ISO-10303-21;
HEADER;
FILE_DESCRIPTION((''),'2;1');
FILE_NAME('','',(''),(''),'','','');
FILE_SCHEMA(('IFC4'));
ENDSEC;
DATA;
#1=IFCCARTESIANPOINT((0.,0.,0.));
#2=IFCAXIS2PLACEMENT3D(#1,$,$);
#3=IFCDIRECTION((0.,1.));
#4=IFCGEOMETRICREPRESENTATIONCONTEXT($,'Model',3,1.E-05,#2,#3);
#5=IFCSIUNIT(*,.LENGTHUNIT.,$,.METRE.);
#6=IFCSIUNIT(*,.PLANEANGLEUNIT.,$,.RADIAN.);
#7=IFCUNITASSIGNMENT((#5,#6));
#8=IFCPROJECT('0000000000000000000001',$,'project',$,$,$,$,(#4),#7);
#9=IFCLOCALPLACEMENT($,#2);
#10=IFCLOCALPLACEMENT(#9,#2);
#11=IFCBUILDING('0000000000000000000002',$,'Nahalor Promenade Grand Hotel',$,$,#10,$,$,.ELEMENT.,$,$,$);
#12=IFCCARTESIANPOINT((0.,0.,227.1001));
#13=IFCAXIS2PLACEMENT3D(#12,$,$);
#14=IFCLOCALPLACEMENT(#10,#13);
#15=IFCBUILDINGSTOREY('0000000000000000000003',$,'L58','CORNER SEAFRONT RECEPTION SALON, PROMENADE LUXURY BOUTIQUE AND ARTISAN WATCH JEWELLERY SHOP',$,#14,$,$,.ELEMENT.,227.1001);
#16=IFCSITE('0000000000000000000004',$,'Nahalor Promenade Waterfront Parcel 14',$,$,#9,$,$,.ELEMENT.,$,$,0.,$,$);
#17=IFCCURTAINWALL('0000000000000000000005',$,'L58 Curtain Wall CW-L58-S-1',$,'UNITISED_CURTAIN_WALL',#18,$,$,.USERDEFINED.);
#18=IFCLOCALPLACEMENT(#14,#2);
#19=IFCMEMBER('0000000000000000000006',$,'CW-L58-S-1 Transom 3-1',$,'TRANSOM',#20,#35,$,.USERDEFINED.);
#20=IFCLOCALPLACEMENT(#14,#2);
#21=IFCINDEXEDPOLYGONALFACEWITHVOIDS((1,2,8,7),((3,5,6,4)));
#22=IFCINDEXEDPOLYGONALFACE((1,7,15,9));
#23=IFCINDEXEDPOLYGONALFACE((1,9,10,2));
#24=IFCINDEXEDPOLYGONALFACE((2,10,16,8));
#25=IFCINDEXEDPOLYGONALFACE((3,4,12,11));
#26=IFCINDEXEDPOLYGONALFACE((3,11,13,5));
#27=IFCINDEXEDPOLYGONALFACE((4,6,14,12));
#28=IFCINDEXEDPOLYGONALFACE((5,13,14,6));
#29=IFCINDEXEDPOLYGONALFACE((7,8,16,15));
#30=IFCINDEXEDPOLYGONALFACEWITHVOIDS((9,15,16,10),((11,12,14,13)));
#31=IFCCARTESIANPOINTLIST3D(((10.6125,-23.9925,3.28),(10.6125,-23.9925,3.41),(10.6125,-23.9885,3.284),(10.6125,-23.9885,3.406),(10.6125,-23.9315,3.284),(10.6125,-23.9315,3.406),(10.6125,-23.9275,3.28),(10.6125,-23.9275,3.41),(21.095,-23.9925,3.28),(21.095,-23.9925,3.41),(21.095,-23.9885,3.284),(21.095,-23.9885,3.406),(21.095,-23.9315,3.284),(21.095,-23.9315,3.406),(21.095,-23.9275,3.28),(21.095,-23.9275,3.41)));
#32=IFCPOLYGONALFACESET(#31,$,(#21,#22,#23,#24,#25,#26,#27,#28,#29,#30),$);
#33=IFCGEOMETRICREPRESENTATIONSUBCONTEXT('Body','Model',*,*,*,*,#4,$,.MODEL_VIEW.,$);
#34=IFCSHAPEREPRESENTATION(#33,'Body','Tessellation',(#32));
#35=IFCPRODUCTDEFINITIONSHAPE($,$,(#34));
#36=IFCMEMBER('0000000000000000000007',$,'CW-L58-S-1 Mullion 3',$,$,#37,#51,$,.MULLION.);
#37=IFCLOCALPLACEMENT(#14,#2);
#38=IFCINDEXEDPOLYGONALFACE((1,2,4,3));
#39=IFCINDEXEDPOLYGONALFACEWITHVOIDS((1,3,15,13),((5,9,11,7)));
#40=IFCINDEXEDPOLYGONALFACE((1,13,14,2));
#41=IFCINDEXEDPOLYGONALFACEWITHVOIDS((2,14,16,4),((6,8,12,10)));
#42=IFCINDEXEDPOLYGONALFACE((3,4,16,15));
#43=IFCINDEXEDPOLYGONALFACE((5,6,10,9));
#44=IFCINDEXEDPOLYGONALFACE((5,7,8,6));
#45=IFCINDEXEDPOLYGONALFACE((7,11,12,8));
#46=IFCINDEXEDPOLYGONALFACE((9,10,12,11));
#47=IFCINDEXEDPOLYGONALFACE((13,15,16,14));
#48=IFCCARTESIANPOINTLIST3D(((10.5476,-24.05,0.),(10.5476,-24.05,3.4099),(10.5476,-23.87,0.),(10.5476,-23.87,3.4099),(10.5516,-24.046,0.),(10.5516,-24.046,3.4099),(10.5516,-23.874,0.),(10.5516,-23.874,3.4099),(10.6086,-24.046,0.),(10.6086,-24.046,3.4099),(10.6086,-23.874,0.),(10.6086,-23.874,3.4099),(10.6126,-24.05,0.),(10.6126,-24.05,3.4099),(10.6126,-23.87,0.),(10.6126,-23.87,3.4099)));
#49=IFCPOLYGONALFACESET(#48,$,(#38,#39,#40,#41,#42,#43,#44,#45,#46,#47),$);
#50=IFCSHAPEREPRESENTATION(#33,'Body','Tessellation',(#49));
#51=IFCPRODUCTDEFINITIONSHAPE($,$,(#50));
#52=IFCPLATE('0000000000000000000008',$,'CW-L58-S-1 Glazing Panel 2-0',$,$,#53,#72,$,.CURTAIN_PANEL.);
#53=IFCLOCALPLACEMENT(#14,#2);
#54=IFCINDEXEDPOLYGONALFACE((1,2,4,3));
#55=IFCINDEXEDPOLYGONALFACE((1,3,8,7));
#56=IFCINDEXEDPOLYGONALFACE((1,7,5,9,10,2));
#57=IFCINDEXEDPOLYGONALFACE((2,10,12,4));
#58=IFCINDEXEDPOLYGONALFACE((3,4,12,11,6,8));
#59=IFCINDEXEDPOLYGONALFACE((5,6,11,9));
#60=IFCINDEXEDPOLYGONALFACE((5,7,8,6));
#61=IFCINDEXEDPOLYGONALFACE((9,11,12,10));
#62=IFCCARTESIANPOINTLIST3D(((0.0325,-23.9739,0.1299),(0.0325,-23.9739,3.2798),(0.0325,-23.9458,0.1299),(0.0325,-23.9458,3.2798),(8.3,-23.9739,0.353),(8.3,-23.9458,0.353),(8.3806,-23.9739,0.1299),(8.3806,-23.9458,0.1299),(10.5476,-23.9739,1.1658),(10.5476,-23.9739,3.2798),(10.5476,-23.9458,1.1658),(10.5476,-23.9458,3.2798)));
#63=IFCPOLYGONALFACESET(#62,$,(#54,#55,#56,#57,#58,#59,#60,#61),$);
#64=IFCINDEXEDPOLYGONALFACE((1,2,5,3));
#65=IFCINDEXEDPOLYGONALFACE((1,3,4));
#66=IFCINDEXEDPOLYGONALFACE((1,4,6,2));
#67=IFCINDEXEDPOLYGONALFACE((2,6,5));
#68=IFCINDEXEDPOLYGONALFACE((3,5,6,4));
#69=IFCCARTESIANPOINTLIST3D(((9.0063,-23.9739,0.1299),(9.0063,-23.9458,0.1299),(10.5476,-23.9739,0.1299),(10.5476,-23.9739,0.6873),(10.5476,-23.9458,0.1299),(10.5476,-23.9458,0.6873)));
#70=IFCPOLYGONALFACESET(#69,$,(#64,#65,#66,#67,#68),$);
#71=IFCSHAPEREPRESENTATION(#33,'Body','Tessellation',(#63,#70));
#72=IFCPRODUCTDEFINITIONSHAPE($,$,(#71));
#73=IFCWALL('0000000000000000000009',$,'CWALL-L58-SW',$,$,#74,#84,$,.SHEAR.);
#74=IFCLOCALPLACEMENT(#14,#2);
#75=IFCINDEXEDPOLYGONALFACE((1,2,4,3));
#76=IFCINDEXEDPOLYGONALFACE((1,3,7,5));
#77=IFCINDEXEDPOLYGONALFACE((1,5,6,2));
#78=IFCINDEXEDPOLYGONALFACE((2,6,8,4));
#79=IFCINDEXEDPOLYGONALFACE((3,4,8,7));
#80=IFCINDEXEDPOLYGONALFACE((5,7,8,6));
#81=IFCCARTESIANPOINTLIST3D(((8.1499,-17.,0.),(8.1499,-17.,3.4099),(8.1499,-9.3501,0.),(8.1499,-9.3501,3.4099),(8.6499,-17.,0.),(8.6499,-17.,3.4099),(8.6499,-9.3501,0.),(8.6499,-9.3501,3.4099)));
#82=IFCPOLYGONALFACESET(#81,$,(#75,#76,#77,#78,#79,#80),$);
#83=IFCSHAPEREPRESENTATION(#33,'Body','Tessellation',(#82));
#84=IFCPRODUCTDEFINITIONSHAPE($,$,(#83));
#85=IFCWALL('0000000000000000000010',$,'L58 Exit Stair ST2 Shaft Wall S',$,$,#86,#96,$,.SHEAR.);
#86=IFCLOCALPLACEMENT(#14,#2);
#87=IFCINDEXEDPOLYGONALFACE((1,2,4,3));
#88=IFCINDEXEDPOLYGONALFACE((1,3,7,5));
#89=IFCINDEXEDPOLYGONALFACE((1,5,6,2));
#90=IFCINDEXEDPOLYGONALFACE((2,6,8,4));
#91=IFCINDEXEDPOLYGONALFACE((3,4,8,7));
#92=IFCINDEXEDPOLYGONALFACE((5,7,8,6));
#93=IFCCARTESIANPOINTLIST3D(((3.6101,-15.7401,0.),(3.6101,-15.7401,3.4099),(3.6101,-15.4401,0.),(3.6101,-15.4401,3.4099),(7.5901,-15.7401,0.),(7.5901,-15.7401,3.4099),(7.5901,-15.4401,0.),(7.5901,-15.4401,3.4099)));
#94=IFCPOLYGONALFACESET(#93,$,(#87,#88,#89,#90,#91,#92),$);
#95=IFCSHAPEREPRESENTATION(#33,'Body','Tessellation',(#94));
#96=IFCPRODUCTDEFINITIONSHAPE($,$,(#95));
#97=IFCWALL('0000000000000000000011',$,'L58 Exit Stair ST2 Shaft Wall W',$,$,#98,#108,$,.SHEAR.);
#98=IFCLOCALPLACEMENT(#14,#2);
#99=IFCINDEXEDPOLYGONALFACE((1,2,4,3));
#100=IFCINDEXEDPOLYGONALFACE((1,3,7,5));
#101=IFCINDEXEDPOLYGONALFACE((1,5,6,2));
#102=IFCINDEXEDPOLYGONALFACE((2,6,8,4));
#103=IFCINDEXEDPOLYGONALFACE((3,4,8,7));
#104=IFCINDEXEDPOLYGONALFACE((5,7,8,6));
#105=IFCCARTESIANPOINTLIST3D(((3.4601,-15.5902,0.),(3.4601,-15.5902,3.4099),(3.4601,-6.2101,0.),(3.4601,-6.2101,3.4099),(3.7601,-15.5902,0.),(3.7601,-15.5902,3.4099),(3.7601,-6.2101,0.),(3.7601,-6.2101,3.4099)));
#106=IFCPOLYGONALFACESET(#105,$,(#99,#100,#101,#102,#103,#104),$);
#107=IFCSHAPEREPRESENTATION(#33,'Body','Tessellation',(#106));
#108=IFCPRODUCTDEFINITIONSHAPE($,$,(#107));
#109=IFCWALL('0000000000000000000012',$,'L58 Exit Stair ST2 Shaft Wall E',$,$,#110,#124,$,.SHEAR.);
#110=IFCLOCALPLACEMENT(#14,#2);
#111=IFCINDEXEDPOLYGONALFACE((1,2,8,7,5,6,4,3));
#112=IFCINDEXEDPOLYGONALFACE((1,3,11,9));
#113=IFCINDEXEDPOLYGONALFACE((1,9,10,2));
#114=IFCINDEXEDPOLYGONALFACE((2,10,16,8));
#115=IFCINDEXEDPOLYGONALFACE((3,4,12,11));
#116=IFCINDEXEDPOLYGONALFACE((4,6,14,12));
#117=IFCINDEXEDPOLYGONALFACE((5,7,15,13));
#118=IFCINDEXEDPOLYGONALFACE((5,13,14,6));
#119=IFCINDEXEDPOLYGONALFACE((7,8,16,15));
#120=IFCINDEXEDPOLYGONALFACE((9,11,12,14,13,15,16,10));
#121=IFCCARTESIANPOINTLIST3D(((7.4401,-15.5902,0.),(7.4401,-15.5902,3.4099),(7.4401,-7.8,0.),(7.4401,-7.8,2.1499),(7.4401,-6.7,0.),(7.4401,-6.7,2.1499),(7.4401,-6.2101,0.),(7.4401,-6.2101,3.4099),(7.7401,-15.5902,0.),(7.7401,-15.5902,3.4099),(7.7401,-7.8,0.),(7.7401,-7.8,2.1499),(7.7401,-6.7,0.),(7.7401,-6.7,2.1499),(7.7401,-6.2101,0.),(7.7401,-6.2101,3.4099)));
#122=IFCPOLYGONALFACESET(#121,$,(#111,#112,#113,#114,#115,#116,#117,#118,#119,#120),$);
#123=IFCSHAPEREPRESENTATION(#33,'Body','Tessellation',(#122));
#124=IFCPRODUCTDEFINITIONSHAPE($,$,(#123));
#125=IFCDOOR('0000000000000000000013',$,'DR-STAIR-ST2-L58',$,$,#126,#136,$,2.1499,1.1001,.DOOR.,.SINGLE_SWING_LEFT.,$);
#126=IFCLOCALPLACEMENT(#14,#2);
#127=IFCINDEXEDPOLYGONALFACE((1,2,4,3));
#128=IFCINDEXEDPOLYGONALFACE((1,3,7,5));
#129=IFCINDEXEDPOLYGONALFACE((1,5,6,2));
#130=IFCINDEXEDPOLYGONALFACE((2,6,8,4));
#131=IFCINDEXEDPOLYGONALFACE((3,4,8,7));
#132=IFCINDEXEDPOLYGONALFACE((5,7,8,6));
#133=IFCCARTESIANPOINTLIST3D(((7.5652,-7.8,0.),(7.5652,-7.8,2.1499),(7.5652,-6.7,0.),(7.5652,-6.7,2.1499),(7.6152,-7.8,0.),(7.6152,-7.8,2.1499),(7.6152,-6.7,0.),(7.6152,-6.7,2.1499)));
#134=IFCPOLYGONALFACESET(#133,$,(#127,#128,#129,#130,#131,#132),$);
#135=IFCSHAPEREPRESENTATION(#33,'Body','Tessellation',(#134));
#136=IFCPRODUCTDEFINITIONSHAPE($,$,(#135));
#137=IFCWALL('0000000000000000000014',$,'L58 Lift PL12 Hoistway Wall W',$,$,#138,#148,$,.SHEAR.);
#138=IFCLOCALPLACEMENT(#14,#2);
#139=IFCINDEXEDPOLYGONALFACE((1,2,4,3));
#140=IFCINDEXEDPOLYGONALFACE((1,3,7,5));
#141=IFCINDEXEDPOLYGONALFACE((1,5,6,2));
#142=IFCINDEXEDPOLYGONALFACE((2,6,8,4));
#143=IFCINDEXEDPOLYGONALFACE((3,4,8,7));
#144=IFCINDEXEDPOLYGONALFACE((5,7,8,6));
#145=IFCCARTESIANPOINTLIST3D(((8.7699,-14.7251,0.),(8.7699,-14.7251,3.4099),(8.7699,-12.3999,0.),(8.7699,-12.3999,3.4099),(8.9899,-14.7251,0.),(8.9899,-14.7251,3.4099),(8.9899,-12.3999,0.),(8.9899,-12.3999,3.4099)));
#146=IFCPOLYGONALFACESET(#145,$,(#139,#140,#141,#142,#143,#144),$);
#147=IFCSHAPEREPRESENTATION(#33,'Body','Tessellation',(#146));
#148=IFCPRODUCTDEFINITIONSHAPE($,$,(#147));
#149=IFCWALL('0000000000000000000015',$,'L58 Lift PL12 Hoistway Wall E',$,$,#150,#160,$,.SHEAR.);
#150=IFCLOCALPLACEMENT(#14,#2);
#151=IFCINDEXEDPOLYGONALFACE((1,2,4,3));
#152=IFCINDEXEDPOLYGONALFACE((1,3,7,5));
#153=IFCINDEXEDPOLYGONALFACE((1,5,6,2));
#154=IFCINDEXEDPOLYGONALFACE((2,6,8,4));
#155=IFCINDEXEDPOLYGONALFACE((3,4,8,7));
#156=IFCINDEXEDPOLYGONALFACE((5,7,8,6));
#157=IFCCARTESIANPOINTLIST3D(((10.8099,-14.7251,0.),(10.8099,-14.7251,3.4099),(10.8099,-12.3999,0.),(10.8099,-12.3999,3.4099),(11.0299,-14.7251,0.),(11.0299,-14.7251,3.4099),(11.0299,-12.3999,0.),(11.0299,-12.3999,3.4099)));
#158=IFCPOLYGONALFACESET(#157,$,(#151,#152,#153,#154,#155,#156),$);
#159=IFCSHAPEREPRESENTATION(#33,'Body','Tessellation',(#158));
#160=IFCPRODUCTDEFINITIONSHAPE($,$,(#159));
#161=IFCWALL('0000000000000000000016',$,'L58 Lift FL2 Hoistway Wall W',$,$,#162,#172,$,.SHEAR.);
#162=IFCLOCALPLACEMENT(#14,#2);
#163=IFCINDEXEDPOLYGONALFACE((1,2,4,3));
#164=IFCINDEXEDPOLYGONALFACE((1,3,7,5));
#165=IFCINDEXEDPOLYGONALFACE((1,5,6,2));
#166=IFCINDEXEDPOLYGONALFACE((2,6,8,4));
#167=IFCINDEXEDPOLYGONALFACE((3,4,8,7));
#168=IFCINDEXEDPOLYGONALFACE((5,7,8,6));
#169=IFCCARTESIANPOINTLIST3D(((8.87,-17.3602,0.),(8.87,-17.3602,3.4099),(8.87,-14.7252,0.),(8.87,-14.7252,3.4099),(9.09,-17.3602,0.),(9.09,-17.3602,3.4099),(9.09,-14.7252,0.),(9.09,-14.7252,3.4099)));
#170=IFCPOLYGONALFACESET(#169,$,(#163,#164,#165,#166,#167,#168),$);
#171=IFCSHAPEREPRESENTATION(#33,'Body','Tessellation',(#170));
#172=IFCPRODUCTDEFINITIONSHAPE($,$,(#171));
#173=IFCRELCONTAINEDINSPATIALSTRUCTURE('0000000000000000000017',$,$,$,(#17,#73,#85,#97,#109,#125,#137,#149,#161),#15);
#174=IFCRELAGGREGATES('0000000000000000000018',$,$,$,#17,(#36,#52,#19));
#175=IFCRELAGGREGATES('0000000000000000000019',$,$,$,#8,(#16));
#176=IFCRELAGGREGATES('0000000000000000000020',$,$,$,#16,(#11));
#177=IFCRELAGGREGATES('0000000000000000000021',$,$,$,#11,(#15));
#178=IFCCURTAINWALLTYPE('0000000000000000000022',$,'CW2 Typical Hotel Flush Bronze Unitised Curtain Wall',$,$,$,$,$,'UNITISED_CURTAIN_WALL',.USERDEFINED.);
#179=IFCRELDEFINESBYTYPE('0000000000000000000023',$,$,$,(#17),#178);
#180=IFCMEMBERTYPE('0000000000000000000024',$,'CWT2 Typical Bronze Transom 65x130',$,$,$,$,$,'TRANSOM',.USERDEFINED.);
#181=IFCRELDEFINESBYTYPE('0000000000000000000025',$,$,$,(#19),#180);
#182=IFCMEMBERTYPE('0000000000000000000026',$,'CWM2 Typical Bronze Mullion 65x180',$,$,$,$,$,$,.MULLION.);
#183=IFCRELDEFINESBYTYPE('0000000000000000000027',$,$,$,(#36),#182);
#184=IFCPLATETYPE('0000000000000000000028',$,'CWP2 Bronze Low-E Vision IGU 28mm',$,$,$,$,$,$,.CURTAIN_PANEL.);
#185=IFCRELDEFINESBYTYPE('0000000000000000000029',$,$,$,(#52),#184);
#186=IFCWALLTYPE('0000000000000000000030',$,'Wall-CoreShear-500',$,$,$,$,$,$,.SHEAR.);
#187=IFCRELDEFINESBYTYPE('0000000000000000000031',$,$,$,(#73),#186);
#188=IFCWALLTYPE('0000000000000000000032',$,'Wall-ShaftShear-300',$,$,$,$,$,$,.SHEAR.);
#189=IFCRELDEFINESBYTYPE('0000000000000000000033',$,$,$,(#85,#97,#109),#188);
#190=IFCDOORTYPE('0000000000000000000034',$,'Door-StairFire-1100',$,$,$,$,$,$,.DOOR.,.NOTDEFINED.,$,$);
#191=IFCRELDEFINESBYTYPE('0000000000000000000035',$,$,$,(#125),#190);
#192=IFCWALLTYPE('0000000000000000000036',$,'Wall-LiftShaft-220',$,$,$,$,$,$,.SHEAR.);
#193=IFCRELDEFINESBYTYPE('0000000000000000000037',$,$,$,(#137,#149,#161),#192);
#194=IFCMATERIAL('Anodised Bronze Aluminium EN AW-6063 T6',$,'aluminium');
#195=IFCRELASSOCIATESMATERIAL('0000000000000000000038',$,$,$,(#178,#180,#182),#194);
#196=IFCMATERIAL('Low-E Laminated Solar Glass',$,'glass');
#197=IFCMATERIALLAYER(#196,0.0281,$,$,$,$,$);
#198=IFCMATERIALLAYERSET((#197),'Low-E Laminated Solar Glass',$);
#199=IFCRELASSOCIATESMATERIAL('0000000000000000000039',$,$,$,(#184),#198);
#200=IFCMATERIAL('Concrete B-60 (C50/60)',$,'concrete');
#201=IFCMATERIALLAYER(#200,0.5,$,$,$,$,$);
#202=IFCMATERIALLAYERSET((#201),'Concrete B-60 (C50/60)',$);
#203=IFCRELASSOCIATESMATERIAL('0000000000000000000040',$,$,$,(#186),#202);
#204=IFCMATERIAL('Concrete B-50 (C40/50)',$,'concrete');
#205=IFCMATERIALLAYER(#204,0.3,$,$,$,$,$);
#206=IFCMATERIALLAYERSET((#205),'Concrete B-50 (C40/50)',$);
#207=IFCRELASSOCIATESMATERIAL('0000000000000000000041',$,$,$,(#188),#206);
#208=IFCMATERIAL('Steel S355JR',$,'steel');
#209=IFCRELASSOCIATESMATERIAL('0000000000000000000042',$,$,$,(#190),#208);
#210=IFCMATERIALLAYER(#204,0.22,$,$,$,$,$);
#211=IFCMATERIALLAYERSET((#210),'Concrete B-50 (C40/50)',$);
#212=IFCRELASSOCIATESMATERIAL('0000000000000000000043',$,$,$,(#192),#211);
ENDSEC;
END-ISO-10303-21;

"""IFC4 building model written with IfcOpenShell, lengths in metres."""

from ifc_helpers import new_model, si_unit, direction, frame, frame_2d, origin, origin_2d, place, context, subcontext, project, spatial, polyline, rectangle, hollow_rectangle, outline, extrude, source, transform, mapped, material, layer, layer_set, material_profile, profile_set, type_object, element, fill, aggregate, save


model = new_model("IFC4")

# Units and contexts
model_context = context("Model", 3, precision=1e-05, world=origin(), true_north=direction((0.0, 1.0)))
body_context = subcontext(model_context, "Body", "Model", "MODEL_VIEW")
ifc_project = project(units=[si_unit("LENGTHUNIT", "METRE"), si_unit("PLANEANGLEUNIT", "RADIAN")], contexts=[model_context])

# Site, building, storey
site_placement = place(None, origin())
site = spatial("IfcSite", under=ifc_project, at=site_placement, Name="Nahalor Promenade Waterfront Parcel 14", CompositionType="ELEMENT", RefElevation=0.0)
building_placement = place(site_placement, origin())
building = spatial("IfcBuilding", under=site, at=building_placement, Name="Nahalor Promenade Grand Hotel", CompositionType="ELEMENT")
storey_placement = place(building_placement, frame((0.0, 0.0, 227.1001)))
storey = spatial("IfcBuildingStorey", under=building, at=storey_placement, Name="L58", Description="CORNER SEAFRONT RECEPTION SALON, PROMENADE LUXURY BOUTIQUE AND ARTISAN WATCH JEWELLERY SHOP", CompositionType="ELEMENT", Elevation=227.1001)

# Shared definitions
ifc_material_1 = material(Name="Concrete B-60 (C50/60)", Category="concrete")
ifc_material_2 = material(Name="Steel S355JR", Category="steel")

# Curtain wall, members, plate
ifc_material_3 = material(Name="Anodised Bronze Aluminium EN AW-6063 T6", Category="aluminium")
curtain_wall_type = type_object("IfcCurtainWallType", Name="CW2 Typical Hotel Flush Bronze Unitised Curtain Wall", ElementType="UNITISED_CURTAIN_WALL", PredefinedType="USERDEFINED", material=ifc_material_3)
curtain_wall_placement = place(storey_placement, origin())
curtain_wall = element("IfcCurtainWall", 1, at=curtain_wall_placement, inside=storey, type_object=curtain_wall_type, Name="L58 Curtain Wall CW-L58-S-1", ObjectType="UNITISED_CURTAIN_WALL", PredefinedType="USERDEFINED")
ifc_material_profile_1 = material_profile(ifc_material_3, hollow_rectangle(XDim=0.065, YDim=0.13, WallThickness=0.004, at=origin_2d()), Name="CWT 65x130x4")
ifc_profile_set_1 = profile_set([ifc_material_profile_1], Name="Anodised Bronze Aluminium EN AW-6063 T6")
member_type_1 = type_object("IfcMemberType", Name="CWT2 Typical Bronze Transom 65x130", ElementType="TRANSOM", PredefinedType="USERDEFINED", material=ifc_profile_set_1)
shared_shape_1 = source(origin(), body_context, "Body", "SweptSolid", [
    extrude(hollow_rectangle(XDim=0.065, YDim=0.13, WallThickness=0.004, at=origin_2d()), origin(), (0.0, 0.0, 1.0), 10.4824),
])
member_1_placement = place(storey_placement, frame((10.6125, -23.96, 3.345), z_axis=(1.0, 0.0, 0.0), x_axis=(0.0, 1.0, 0.0)))
member_1 = element("IfcMember", 2, at=member_1_placement, type_object=member_type_1, Name="CW-L58-S-1 Transom 3-1", ObjectType="TRANSOM", PredefinedType="USERDEFINED", context=body_context, shape_type="MappedRepresentation", body=[
    mapped(shared_shape_1, transform((0.0, 0.0, 0.0), scale=1.0)),
])
ifc_material_profile_2 = material_profile(ifc_material_3, hollow_rectangle(XDim=0.065, YDim=0.18, WallThickness=0.004, at=origin_2d()), Name="CWM 65x180x4")
ifc_profile_set_2 = profile_set([ifc_material_profile_2], Name="Anodised Bronze Aluminium EN AW-6063 T6")
member_type_2 = type_object("IfcMemberType", Name="CWM2 Typical Bronze Mullion 65x180", PredefinedType="MULLION", material=ifc_profile_set_2)
shared_shape_2 = source(origin(), body_context, "Body", "SweptSolid", [
    extrude(hollow_rectangle(XDim=0.065, YDim=0.18, WallThickness=0.004, at=origin_2d()), origin(), (0.0, 0.0, 1.0), 3.4099),
])
member_2_placement = place(storey_placement, frame((10.5801, -23.96, 0.0), z_axis=(0.0, 0.0, 1.0), x_axis=(1.0, 0.0, 0.0)))
member_2 = element("IfcMember", 3, at=member_2_placement, type_object=member_type_2, Name="CW-L58-S-1 Mullion 3", PredefinedType="MULLION", context=body_context, shape_type="MappedRepresentation", body=[
    mapped(shared_shape_2, transform((0.0, 0.0, 0.0), scale=1.0)),
])
ifc_material_4 = material(Name="Low-E Laminated Solar Glass", Category="glass")
ifc_layer_1 = layer(ifc_material_4, 0.0281)
ifc_layer_set_1 = layer_set([ifc_layer_1], Name="Low-E Laminated Solar Glass")
plate_type = type_object("IfcPlateType", Name="CWP2 Bronze Low-E Vision IGU 28mm", PredefinedType="CURTAIN_PANEL", material=ifc_layer_set_1)
plate_placement = place(storey_placement, frame((5.29, -23.96, 0.1299), z_axis=(0.0, 0.0, 1.0), x_axis=(1.0, 0.0, 0.0)))
plate = element("IfcPlate", 4, at=plate_placement, type_object=plate_type, Name="CW-L58-S-1 Glazing Panel 2-0", PredefinedType="CURTAIN_PANEL", context=body_context, shape_type="SweptSolid", body=[
    extrude(outline(polyline([(-5.2576, 3.1499), (-5.2576, 0.0), (3.0906, 0.0), (3.01, 0.2231), (5.2576, 1.0359), (5.2576, 3.1499), (-5.2576, 3.1499)])), frame((0.0, 0.0142, 0.0), z_axis=(0.0, -1.0, 0.0), x_axis=(1.0, 0.0, 0.0)), (0.0, 0.0, 1.0), 0.0281),
    extrude(outline(polyline([(3.7163, 0.0), (5.2576, 0.0), (5.2576, 0.5574), (3.7163, 0.0)])), frame((0.0, 0.0142, 0.0), z_axis=(0.0, -1.0, 0.0), x_axis=(1.0, 0.0, 0.0)), (0.0, 0.0, 1.0), 0.0281),
])
aggregate(curtain_wall, [member_2, plate, member_1])

# Walls
ifc_layer_2 = layer(ifc_material_1, 0.5)
ifc_layer_set_2 = layer_set([ifc_layer_2], Name="Concrete B-60 (C50/60)")
wall_type_1 = type_object("IfcWallType", Name="Wall-CoreShear-500", PredefinedType="SHEAR", material=ifc_layer_set_2)
shared_shape_3 = source(origin(), body_context, "Body", "SweptSolid", [
    extrude(rectangle(XDim=7.6499, YDim=0.5, at=frame_2d((3.825, 0.0))), origin(), (0.0, 0.0, 1.0), 3.4099),
])
wall_1_placement = place(storey_placement, frame((8.3999, -17.0, 0.0), z_axis=(0.0, 0.0, 1.0), x_axis=(0.0, 1.0, 0.0)))
element("IfcWall", 5, at=wall_1_placement, inside=storey, type_object=wall_type_1, Name="CWALL-L58-SW", PredefinedType="SHEAR", context=body_context, shape_type="MappedRepresentation", body=[
    mapped(shared_shape_3, transform((0.0, 0.0, 0.0), scale=1.0)),
])
ifc_material_5 = material(Name="Concrete B-50 (C40/50)", Category="concrete")
ifc_layer_3 = layer(ifc_material_5, 0.3)
ifc_layer_set_3 = layer_set([ifc_layer_3], Name="Concrete B-50 (C40/50)")
wall_type_2 = type_object("IfcWallType", Name="Wall-ShaftShear-300", PredefinedType="SHEAR", material=ifc_layer_set_3)
shared_shape_4 = source(origin(), body_context, "Body", "SweptSolid", [
    extrude(rectangle(XDim=3.98, YDim=0.3, at=frame_2d((1.99, 0.0))), origin(), (0.0, 0.0, 1.0), 3.4099),
])
wall_2_placement = place(storey_placement, frame((3.6101, -15.5901, 0.0), z_axis=(0.0, 0.0, 1.0), x_axis=(1.0, 0.0, 0.0)))
element("IfcWall", 6, at=wall_2_placement, inside=storey, type_object=wall_type_2, Name="L58 Exit Stair ST2 Shaft Wall S", PredefinedType="SHEAR", context=body_context, shape_type="MappedRepresentation", body=[
    mapped(shared_shape_4, transform((0.0, 0.0, 0.0), scale=1.0)),
])
shared_shape_5 = source(origin(), body_context, "Body", "SweptSolid", [
    extrude(rectangle(XDim=9.3801, YDim=0.3, at=frame_2d((4.6899, 0.0))), origin(), (0.0, 0.0, 1.0), 3.4099),
])
wall_3_placement = place(storey_placement, frame((3.6101, -15.5901, 0.0), z_axis=(0.0, 0.0, 1.0), x_axis=(0.0, 1.0, 0.0)))
element("IfcWall", 7, at=wall_3_placement, inside=storey, type_object=wall_type_2, Name="L58 Exit Stair ST2 Shaft Wall W", PredefinedType="SHEAR", context=body_context, shape_type="MappedRepresentation", body=[
    mapped(shared_shape_5, transform((0.0, 0.0, 0.0), scale=1.0)),
])

# Wall, opening, door
wall_4_placement = place(storey_placement, frame((7.5901, -15.5901, 0.0), z_axis=(0.0, 0.0, 1.0), x_axis=(0.0, 1.0, 0.0)))
wall_4 = element("IfcWall", 8, at=wall_4_placement, inside=storey, type_object=wall_type_2, Name="L58 Exit Stair ST2 Shaft Wall E", PredefinedType="SHEAR", context=body_context, shape_type="MappedRepresentation", body=[
    mapped(shared_shape_5, transform((0.0, 0.0, 0.0), scale=1.0)),
])
opening_1_placement = place(wall_4_placement, frame((7.79, 0.0, 0.0)))
opening_1 = element("IfcOpeningElement", 9, at=opening_1_placement, cuts=wall_4, PredefinedType="OPENING", context=body_context, shape_type="SweptSolid", body=[
    extrude(rectangle(XDim=1.1001, YDim=2.1499, at=frame_2d((0.55, 1.075))), frame((0.0, 0.1599, 0.0), z_axis=(0.0, -1.0, 0.0), x_axis=(1.0, 0.0, 0.0)), (0.0, 0.0, 1.0), 0.3201),
])
door_type_1 = type_object("IfcDoorType", Name="Door-StairFire-1100", OperationType="NOTDEFINED", PredefinedType="DOOR", material=ifc_material_2)
shared_shape_6 = source(origin(), body_context, "Body", "SweptSolid", [
    extrude(rectangle(XDim=1.1001, YDim=2.1499, at=frame_2d((0.55, 1.075))), frame((0.0, 0.0249, 0.0), z_axis=(0.0, -1.0, 0.0), x_axis=(1.0, 0.0, 0.0)), (0.0, 0.0, 1.0), 0.05),
])
door_1_placement = place(opening_1_placement, origin())
door_1 = element("IfcDoor", 10, at=door_1_placement, inside=storey, type_object=door_type_1, Name="DR-STAIR-ST2-L58", OperationType="SINGLE_SWING_LEFT", OverallHeight=2.1499, OverallWidth=1.1001, PredefinedType="DOOR", context=body_context, shape_type="MappedRepresentation", body=[
    mapped(shared_shape_6, transform((0.0, 0.0, 0.0), scale=1.0)),
])
fill(opening_1, door_1)

# Walls
ifc_layer_4 = layer(ifc_material_5, 0.22)
ifc_layer_set_4 = layer_set([ifc_layer_4], Name="Concrete B-50 (C40/50)")
wall_type_3 = type_object("IfcWallType", Name="Wall-LiftShaft-220", PredefinedType="SHEAR", material=ifc_layer_set_4)
shared_shape_7 = source(origin(), body_context, "Body", "SweptSolid", [
    extrude(rectangle(XDim=2.3252, YDim=0.22, at=frame_2d((1.1626, 0.0))), origin(), (0.0, 0.0, 1.0), 3.4099),
])
for number, where, z_axis, x_axis, name in (
    (11, (8.8799, -14.7251, 0.0), (0.0, 0.0, 1.0), (0.0, 1.0, 0.0), "L58 Lift PL12 Hoistway Wall W"),
    (12, (10.9199, -14.7251, 0.0), (0.0, 0.0, 1.0), (0.0, 1.0, 0.0), "L58 Lift PL12 Hoistway Wall E"),
):
    element("IfcWall", number, at=place(storey_placement, frame(where, z_axis=z_axis, x_axis=x_axis)), inside=storey, type_object=wall_type_3, Name=name, PredefinedType="SHEAR", context=body_context, shape_type="MappedRepresentation", body=[
        mapped(shared_shape_7, transform((0.0, 0.0, 0.0), scale=1.0)),
    ])
shared_shape_8 = source(origin(), body_context, "Body", "SweptSolid", [
    extrude(rectangle(XDim=2.635, YDim=0.22, at=frame_2d((1.3174, 0.0))), origin(), (0.0, 0.0, 1.0), 3.4099),
])
wall_5_placement = place(storey_placement, frame((8.98, -17.3601, 0.0), z_axis=(0.0, 0.0, 1.0), x_axis=(0.0, 1.0, 0.0)))
element("IfcWall", 13, at=wall_5_placement, inside=storey, type_object=wall_type_3, Name="L58 Lift FL2 Hoistway Wall W", PredefinedType="SHEAR", context=body_context, shape_type="MappedRepresentation", body=[
    mapped(shared_shape_8, transform((0.0, 0.0, 0.0), scale=1.0)),
])

save(model, "model.ifc")
